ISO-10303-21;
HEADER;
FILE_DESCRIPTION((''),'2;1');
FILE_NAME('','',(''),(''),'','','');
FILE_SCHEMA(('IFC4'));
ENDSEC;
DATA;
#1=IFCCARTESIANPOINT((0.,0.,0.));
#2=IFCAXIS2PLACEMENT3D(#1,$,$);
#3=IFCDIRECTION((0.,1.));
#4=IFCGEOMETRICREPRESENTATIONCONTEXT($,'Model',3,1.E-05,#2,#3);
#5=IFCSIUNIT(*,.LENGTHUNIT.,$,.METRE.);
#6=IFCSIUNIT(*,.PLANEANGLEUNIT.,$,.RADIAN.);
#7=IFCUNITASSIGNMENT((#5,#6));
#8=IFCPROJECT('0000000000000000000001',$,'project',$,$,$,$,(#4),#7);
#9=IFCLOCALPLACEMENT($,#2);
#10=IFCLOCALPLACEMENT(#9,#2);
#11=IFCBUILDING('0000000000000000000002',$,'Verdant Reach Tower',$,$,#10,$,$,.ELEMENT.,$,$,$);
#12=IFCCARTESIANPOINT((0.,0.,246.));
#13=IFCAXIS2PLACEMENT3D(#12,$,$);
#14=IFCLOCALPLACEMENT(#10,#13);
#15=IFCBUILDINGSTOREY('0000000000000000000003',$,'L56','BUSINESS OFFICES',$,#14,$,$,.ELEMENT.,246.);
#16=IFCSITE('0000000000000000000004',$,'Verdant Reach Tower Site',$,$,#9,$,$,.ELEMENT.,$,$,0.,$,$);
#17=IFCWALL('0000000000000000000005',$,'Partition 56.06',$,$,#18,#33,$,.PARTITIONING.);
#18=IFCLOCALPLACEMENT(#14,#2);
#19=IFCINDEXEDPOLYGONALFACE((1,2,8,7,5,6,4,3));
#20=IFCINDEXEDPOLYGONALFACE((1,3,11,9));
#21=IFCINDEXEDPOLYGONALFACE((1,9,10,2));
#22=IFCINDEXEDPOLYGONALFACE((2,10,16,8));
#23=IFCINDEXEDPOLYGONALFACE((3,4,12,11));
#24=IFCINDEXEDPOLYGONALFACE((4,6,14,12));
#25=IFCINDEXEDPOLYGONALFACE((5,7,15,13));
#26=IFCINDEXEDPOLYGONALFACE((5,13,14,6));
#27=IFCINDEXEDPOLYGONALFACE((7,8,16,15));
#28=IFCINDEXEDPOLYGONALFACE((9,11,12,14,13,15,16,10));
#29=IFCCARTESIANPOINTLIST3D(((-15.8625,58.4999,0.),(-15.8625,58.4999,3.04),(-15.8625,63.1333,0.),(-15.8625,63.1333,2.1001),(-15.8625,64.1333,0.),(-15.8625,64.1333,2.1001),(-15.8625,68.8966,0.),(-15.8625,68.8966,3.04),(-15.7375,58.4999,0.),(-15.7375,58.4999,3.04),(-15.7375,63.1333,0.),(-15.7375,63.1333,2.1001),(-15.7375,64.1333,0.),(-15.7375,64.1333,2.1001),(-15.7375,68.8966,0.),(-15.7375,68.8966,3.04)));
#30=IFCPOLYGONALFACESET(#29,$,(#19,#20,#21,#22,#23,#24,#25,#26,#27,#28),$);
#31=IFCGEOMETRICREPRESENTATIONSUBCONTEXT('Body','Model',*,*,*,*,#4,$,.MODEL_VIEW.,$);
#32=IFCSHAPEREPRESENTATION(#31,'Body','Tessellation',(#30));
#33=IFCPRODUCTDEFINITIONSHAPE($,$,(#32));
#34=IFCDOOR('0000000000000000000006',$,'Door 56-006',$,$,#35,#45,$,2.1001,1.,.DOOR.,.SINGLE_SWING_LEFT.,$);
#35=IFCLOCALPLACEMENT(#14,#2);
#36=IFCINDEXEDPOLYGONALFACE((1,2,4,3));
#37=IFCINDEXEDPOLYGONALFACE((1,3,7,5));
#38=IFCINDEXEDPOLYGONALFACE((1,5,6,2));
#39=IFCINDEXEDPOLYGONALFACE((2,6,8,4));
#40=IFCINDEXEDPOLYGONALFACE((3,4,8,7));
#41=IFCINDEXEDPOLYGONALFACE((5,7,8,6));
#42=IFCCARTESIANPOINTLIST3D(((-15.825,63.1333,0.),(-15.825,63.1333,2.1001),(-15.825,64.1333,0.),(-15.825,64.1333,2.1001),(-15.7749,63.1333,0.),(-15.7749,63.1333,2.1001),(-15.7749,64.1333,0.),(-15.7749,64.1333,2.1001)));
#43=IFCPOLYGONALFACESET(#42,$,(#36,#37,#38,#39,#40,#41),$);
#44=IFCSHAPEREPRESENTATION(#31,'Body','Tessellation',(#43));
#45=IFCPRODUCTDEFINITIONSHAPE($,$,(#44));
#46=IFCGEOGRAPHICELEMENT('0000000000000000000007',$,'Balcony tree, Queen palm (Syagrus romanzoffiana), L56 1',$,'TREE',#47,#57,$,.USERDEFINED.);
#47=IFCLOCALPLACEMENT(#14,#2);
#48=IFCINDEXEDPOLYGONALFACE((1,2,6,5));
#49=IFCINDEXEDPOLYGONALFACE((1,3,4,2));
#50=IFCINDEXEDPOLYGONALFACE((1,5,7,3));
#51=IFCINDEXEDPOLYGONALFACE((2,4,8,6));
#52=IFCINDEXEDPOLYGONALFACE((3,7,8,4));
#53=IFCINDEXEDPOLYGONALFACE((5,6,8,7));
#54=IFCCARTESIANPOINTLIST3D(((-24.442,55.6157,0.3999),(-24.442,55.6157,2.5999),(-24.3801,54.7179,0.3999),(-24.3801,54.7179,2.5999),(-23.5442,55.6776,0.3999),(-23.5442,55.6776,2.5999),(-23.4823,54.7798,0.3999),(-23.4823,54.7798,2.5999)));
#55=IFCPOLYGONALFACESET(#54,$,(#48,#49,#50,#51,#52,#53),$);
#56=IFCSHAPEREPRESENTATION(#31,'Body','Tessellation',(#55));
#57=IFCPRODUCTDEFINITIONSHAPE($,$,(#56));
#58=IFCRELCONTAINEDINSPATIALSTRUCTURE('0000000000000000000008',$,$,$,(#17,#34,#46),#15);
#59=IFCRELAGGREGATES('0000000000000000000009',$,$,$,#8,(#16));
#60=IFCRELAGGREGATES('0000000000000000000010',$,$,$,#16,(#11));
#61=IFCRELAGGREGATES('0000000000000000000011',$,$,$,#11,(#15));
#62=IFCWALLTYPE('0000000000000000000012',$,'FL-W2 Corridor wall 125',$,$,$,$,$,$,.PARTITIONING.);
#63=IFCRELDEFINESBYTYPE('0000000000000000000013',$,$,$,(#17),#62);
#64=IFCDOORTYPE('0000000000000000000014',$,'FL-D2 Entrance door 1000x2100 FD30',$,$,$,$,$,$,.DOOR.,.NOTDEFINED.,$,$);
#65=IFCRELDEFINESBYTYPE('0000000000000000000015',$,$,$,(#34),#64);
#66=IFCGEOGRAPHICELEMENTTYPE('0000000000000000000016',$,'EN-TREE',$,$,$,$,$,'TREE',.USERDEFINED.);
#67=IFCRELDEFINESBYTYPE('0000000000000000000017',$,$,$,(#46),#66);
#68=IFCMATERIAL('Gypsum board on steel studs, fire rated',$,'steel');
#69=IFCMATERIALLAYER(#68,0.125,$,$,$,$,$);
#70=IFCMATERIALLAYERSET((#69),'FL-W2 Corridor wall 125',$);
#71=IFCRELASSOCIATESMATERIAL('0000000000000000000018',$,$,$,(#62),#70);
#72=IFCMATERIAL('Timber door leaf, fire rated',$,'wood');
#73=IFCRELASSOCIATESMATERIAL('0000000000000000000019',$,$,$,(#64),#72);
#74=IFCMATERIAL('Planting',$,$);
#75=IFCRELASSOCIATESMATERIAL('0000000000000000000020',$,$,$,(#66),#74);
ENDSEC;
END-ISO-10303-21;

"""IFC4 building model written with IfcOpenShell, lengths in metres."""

from ifc_helpers import new_model, si_unit, direction, frame, frame_2d, origin, origin_2d, place, context, subcontext, project, spatial, rectangle, extrude, material, layer, layer_set, type_object, element, fill, save


model = new_model("IFC4")

# Units and contexts
model_context = context("Model", 3, precision=1e-05, world=origin(), true_north=direction((0.0, 1.0)))
body_context = subcontext(model_context, "Body", "Model", "MODEL_VIEW")
ifc_project = project(units=[si_unit("LENGTHUNIT", "METRE"), si_unit("PLANEANGLEUNIT", "RADIAN")], contexts=[model_context])

# Site, building, storey
site_placement = place(None, origin())
site = spatial("IfcSite", under=ifc_project, at=site_placement, Name="Verdant Reach Tower Site", CompositionType="ELEMENT", RefElevation=0.0)
building_placement = place(site_placement, origin())
building = spatial("IfcBuilding", under=site, at=building_placement, Name="Verdant Reach Tower", CompositionType="ELEMENT")
storey_placement = place(building_placement, frame((0.0, 0.0, 246.0)))
storey = spatial("IfcBuildingStorey", under=building, at=storey_placement, Name="L56", Description="BUSINESS OFFICES", CompositionType="ELEMENT", Elevation=246.0)

# Wall, opening, door
ifc_material_1 = material(Name="Gypsum board on steel studs, fire rated", Category="steel")
ifc_layer_1 = layer(ifc_material_1, 0.125)
ifc_layer_set_1 = layer_set([ifc_layer_1], Name="FL-W2 Corridor wall 125")
wall_type_1 = type_object("IfcWallType", Name="FL-W2 Corridor wall 125", PredefinedType="PARTITIONING", material=ifc_layer_set_1)
wall_1_placement = place(storey_placement, frame((-15.8, 58.5, 0.0), z_axis=(0.0, 0.0, 1.0), x_axis=(0.0, 1.0, 0.0)))
wall_1 = element("IfcWall", 1, at=wall_1_placement, inside=storey, type_object=wall_type_1, Name="Partition 56.06", PredefinedType="PARTITIONING", context=body_context, shape_type="SweptSolid", body=[
    extrude(rectangle(XDim=10.3967, YDim=0.125, at=frame_2d((5.1982, 0.0))), origin(), (0.0, 0.0, 1.0), 3.04),
])
opening_1_placement = place(wall_1_placement, frame((4.6333, 0.0, 0.0)))
opening_1 = element("IfcOpeningElement", 2, at=opening_1_placement, cuts=wall_1, PredefinedType="OPENING", context=body_context, shape_type="SweptSolid", body=[
    extrude(rectangle(XDim=1.0, YDim=2.1001, at=frame_2d((0.5, 1.05))), frame((0.0, 0.0725, 0.0), z_axis=(0.0, -1.0, 0.0), x_axis=(1.0, 0.0, 0.0)), (0.0, 0.0, 1.0), 0.145),
])
ifc_material_2 = material(Name="Timber door leaf, fire rated", Category="wood")
door_type_1 = type_object("IfcDoorType", Name="FL-D2 Entrance door 1000x2100 FD30", OperationType="NOTDEFINED", PredefinedType="DOOR", material=ifc_material_2)
door_1_placement = place(opening_1_placement, origin())
door_1 = element("IfcDoor", 3, at=door_1_placement, inside=storey, type_object=door_type_1, Name="Door 56-006", OperationType="SINGLE_SWING_LEFT", OverallHeight=2.1001, OverallWidth=1.0, PredefinedType="DOOR", context=body_context, shape_type="SweptSolid", body=[
    extrude(rectangle(XDim=1.0, YDim=2.1001, at=frame_2d((0.5, 1.05))), frame((0.0, 0.0249, 0.0), z_axis=(0.0, -1.0, 0.0), x_axis=(1.0, 0.0, 0.0)), (0.0, 0.0, 1.0), 0.05),
])
fill(opening_1, door_1)

# Geographic element
ifc_material_3 = material(Name="Planting")
geographic_element_type = type_object("IfcGeographicElementType", Name="EN-TREE", ElementType="TREE", PredefinedType="USERDEFINED", material=ifc_material_3)
geographic_element_placement = place(storey_placement, frame((-23.9622, 55.1978, 0.3999), z_axis=(0.0, 0.0, 1.0), x_axis=(0.068802, -0.99763, 0.0)))
element("IfcGeographicElement", 4, at=geographic_element_placement, inside=storey, type_object=geographic_element_type, Name="Balcony tree, Queen palm (Syagrus romanzoffiana), L56 1", ObjectType="TREE", PredefinedType="USERDEFINED", context=body_context, shape_type="SweptSolid", body=[
    extrude(rectangle(XDim=0.8999, YDim=0.8999, at=origin_2d()), origin(), (0.0, 0.0, 1.0), 2.2),
])

save(model, "model.ifc")
